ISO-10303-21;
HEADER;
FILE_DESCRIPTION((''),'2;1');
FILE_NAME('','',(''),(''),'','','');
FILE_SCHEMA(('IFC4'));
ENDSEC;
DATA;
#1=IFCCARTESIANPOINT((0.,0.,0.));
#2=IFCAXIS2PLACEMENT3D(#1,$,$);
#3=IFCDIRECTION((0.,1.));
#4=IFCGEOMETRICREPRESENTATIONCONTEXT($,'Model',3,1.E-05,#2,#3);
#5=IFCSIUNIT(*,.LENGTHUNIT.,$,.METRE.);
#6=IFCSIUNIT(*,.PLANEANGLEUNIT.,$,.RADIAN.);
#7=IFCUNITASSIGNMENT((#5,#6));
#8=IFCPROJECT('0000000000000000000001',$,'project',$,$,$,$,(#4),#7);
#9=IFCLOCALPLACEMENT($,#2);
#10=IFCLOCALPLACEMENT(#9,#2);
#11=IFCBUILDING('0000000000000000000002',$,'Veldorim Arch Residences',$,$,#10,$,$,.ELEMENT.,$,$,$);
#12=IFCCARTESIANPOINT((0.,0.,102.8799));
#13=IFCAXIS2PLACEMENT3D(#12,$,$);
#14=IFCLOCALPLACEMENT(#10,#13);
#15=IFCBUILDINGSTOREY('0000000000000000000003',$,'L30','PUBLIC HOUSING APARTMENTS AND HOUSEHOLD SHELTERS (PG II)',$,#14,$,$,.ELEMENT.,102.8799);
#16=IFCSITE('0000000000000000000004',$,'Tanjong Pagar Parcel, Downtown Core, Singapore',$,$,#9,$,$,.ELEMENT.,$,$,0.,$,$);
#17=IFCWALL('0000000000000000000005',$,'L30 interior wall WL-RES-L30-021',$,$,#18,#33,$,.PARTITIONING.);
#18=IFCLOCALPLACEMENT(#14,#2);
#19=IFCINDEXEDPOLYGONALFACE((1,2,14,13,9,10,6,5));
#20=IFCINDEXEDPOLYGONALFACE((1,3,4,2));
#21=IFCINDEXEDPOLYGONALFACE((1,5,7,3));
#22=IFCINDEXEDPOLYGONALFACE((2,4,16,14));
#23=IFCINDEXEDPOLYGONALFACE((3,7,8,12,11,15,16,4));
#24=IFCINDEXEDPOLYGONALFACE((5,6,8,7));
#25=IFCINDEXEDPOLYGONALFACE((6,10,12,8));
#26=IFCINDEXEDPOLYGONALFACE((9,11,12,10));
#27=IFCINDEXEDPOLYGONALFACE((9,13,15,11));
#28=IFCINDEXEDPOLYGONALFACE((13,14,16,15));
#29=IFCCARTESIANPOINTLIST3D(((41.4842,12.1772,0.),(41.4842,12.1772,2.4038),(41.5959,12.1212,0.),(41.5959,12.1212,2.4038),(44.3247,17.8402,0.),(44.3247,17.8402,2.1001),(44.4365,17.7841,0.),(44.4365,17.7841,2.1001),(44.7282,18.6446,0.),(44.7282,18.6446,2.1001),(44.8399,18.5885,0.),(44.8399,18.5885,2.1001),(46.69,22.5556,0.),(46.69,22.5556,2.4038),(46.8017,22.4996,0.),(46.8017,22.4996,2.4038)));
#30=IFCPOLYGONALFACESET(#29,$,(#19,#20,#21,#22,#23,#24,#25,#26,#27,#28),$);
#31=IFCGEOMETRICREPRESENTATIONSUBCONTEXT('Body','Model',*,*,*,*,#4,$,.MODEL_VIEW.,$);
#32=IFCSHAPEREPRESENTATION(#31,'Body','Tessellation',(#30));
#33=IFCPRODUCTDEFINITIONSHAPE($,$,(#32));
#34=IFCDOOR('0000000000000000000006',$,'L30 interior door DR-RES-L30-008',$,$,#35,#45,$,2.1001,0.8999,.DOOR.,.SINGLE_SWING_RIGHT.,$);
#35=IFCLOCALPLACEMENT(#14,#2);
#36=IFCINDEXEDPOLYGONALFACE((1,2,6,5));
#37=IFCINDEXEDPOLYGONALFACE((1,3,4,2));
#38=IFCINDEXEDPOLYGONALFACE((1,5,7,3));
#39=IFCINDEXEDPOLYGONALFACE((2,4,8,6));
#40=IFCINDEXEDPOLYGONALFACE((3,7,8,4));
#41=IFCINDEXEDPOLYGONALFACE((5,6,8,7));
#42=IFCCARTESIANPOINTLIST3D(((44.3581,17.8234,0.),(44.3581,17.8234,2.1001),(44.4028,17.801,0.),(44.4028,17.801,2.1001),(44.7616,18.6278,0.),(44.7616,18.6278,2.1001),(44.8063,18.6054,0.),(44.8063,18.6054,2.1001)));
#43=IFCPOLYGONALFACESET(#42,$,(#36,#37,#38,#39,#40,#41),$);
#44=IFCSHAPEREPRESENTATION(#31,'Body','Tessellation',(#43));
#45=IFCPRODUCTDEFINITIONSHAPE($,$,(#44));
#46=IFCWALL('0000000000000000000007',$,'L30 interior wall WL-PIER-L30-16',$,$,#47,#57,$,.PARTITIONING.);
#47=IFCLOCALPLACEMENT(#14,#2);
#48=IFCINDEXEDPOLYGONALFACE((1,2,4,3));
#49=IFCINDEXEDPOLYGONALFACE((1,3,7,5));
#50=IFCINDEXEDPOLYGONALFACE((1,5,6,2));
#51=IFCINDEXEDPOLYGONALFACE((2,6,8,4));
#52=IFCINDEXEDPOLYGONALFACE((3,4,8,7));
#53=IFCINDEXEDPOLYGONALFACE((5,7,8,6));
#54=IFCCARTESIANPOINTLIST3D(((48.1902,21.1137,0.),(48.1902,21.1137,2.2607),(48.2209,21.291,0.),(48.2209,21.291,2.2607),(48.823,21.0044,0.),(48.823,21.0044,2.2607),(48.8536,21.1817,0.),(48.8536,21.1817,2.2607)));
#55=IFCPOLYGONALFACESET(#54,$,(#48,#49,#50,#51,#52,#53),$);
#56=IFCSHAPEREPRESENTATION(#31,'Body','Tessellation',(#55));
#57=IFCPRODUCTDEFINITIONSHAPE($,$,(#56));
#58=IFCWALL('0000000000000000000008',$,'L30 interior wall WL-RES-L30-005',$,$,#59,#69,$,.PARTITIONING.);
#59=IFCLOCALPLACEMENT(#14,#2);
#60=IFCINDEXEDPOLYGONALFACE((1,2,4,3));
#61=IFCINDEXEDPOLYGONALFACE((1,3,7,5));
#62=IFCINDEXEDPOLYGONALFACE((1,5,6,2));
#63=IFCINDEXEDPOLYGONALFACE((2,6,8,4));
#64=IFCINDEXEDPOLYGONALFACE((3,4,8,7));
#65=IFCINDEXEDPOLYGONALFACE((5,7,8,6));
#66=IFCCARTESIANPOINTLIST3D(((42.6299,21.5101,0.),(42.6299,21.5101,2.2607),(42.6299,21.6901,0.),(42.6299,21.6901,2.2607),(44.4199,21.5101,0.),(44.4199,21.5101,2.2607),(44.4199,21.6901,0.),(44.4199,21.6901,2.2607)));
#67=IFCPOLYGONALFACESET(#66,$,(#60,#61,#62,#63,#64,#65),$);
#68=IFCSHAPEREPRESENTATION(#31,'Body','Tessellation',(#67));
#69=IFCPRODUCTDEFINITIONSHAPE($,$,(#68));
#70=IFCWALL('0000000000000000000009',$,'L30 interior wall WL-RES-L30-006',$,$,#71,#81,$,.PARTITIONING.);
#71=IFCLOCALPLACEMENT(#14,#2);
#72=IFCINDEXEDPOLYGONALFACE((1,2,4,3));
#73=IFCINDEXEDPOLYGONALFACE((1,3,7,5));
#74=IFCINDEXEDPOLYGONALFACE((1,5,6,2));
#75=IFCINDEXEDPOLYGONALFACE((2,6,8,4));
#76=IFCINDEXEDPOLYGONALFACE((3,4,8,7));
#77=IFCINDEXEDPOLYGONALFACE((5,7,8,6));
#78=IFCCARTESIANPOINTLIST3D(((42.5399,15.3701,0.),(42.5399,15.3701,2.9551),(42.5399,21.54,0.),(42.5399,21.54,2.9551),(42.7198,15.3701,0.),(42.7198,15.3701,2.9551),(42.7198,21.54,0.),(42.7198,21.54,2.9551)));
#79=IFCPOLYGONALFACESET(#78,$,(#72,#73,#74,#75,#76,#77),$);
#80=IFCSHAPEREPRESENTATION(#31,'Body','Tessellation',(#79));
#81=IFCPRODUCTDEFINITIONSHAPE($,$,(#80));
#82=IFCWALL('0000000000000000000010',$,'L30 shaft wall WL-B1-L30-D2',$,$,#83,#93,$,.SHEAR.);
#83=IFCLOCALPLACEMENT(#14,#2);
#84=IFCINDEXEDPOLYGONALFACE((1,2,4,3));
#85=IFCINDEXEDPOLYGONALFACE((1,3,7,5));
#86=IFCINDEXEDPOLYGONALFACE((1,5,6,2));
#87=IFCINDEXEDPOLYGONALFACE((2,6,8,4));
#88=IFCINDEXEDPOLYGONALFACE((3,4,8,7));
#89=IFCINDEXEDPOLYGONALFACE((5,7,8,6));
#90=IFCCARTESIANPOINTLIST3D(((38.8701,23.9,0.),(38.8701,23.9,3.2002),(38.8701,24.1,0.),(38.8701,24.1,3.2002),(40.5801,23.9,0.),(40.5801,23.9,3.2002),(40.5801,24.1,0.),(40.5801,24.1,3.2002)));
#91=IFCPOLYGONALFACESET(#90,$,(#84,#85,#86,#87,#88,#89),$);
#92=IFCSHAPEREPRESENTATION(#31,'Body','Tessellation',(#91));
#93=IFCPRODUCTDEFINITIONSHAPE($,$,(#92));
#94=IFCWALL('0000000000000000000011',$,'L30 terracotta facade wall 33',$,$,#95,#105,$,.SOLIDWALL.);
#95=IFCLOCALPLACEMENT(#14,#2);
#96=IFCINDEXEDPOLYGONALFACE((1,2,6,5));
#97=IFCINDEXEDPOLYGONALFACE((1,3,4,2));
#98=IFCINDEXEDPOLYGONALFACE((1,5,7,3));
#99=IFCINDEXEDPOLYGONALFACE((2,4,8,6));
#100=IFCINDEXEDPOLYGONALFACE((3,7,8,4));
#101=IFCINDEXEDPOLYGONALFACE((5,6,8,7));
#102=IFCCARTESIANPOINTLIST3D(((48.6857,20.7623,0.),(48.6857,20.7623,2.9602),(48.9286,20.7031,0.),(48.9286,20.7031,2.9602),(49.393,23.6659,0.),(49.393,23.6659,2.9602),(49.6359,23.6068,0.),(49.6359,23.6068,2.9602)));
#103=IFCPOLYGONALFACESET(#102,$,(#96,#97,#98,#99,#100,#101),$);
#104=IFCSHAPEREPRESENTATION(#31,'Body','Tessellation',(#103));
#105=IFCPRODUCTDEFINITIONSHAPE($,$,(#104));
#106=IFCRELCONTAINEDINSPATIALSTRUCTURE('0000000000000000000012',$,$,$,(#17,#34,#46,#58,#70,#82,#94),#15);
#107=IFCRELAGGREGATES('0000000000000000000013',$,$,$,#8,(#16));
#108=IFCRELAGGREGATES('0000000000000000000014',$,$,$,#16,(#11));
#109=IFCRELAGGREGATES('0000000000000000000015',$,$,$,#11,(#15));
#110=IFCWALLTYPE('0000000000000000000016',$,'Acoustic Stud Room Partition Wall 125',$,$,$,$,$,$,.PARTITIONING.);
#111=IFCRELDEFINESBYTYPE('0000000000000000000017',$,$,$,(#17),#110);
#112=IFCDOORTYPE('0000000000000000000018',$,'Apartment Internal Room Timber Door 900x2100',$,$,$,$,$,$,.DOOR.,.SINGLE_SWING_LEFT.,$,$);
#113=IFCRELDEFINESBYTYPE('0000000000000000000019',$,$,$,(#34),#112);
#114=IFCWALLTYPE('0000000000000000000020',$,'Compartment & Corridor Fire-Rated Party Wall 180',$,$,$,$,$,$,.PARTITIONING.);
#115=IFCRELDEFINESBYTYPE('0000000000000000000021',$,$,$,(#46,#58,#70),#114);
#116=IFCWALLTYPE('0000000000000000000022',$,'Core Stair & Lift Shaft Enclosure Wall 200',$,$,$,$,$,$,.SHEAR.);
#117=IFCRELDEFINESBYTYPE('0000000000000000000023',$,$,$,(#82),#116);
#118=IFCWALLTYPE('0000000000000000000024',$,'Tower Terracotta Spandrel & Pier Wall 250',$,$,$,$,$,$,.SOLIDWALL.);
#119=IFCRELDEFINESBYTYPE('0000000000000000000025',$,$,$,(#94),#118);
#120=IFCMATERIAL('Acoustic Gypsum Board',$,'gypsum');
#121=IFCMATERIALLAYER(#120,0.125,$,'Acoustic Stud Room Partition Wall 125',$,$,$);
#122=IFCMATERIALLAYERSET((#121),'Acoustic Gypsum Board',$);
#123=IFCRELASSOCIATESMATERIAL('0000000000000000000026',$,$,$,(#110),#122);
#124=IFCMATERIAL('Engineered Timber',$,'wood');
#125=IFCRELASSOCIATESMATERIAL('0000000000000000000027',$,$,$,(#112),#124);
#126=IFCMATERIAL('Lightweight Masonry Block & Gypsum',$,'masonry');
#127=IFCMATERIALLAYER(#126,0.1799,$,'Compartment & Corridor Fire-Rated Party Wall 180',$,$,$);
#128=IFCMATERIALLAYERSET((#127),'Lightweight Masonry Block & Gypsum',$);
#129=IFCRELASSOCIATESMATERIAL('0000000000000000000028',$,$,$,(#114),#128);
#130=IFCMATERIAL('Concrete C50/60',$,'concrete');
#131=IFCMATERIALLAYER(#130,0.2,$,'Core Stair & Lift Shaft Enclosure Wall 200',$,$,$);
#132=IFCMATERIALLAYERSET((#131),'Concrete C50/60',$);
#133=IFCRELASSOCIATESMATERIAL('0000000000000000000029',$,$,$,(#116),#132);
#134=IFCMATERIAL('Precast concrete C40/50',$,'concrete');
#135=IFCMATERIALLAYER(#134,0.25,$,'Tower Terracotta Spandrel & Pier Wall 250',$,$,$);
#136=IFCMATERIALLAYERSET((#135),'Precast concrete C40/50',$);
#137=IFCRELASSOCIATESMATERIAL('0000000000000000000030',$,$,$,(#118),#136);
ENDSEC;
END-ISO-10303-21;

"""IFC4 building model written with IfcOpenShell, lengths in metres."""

from ifc_helpers import new_model, si_unit, direction, frame, frame_2d, origin, place, context, subcontext, project, spatial, rectangle, extrude, material, layer, layer_set, type_object, element, fill, save


model = new_model("IFC4")

# Units and contexts
model_context = context("Model", 3, precision=1e-05, world=origin(), true_north=direction((0.0, 1.0)))
body_context = subcontext(model_context, "Body", "Model", "MODEL_VIEW")
ifc_project = project(units=[si_unit("LENGTHUNIT", "METRE"), si_unit("PLANEANGLEUNIT", "RADIAN")], contexts=[model_context])

# Site, building, storey
site_placement = place(None, origin())
site = spatial("IfcSite", under=ifc_project, at=site_placement, Name="Tanjong Pagar Parcel, Downtown Core, Singapore", CompositionType="ELEMENT", RefElevation=0.0)
building_placement = place(site_placement, origin())
building = spatial("IfcBuilding", under=site, at=building_placement, Name="Veldorim Arch Residences", CompositionType="ELEMENT")
storey_placement = place(building_placement, frame((0.0, 0.0, 102.8799)))
storey = spatial("IfcBuildingStorey", under=building, at=storey_placement, Name="L30", Description="PUBLIC HOUSING APARTMENTS AND HOUSEHOLD SHELTERS (PG II)", CompositionType="ELEMENT", Elevation=102.8799)

# Wall, opening, door
ifc_material_1 = material(Name="Acoustic Gypsum Board", Category="gypsum")
ifc_layer_1 = layer(ifc_material_1, 0.125, Name="Acoustic Stud Room Partition Wall 125")
ifc_layer_set_1 = layer_set([ifc_layer_1], Name="Acoustic Gypsum Board")
wall_type_1 = type_object("IfcWallType", Name="Acoustic Stud Room Partition Wall 125", PredefinedType="PARTITIONING", material=ifc_layer_set_1)
ifc_material_2 = material(Name="Engineered Timber", Category="wood")
door_type = type_object("IfcDoorType", Name="Apartment Internal Room Timber Door 900x2100", OperationType="SINGLE_SWING_LEFT", PredefinedType="DOOR", material=ifc_material_2)
wall_1_placement = place(storey_placement, frame((46.7458, 22.5276, 0.0), z_axis=(0.0, 0.0, 1.0), x_axis=(-0.448357, -0.893855, 0.0)))
wall_1 = element("IfcWall", 1, at=wall_1_placement, inside=storey, type_object=wall_type_1, Name="L30 interior wall WL-RES-L30-021", PredefinedType="PARTITIONING", context=body_context, shape_type="SweptSolid", body=[
    extrude(rectangle(XDim=11.6108, YDim=0.125, at=frame_2d((5.8054, 0.0))), origin(), (0.0, 0.0, 1.0), 2.4038),
])
opening_1_placement = place(wall_1_placement, frame((4.3755, 0.0, 0.0)))
opening_1 = element("IfcOpeningElement", 2, at=opening_1_placement, cuts=wall_1, PredefinedType="OPENING", context=body_context, shape_type="SweptSolid", body=[
    extrude(rectangle(XDim=0.8999, YDim=2.1001, at=frame_2d((0.45, 1.05))), frame((0.0, 0.0725, 0.0), z_axis=(0.0, -1.0, 0.0), x_axis=(1.0, 0.0, 0.0)), (0.0, 0.0, 1.0), 0.145),
])
door_1_placement = place(opening_1_placement, origin())
door_1 = element("IfcDoor", 3, at=door_1_placement, inside=storey, type_object=door_type, Name="L30 interior door DR-RES-L30-008", OperationType="SINGLE_SWING_RIGHT", OverallHeight=2.1001, OverallWidth=0.8999, PredefinedType="DOOR", context=body_context, shape_type="SweptSolid", body=[
    extrude(rectangle(XDim=0.8999, YDim=2.1001, at=frame_2d((0.45, 1.05))), frame((0.0, 0.0249, 0.0), z_axis=(0.0, -1.0, 0.0), x_axis=(1.0, 0.0, 0.0)), (0.0, 0.0, 1.0), 0.05),
])
fill(opening_1, door_1)

# Walls
ifc_material_3 = material(Name="Lightweight Masonry Block & Gypsum", Category="masonry")
ifc_layer_2 = layer(ifc_material_3, 0.1799, Name="Compartment & Corridor Fire-Rated Party Wall 180")
ifc_layer_set_2 = layer_set([ifc_layer_2], Name="Lightweight Masonry Block & Gypsum")
wall_type_2 = type_object("IfcWallType", Name="Compartment & Corridor Fire-Rated Party Wall 180", PredefinedType="PARTITIONING", material=ifc_layer_set_2)
wall_2_placement = place(storey_placement, frame((48.2056, 21.2024, 0.0), z_axis=(0.0, 0.0, 1.0), x_axis=(0.98539, -0.170314, 0.0)))
element("IfcWall", 4, at=wall_2_placement, inside=storey, type_object=wall_type_2, Name="L30 interior wall WL-PIER-L30-16", PredefinedType="PARTITIONING", context=body_context, shape_type="SweptSolid", body=[
    extrude(rectangle(XDim=0.6421, YDim=0.1799, at=frame_2d((0.321, 0.0))), origin(), (0.0, 0.0, 1.0), 2.2607),
])
wall_3_placement = place(storey_placement, frame((44.4199, 21.6001, 0.0), z_axis=(0.0, 0.0, 1.0), x_axis=(-1.0, 0.0, 0.0)))
element("IfcWall", 5, at=wall_3_placement, inside=storey, type_object=wall_type_2, Name="L30 interior wall WL-RES-L30-005", PredefinedType="PARTITIONING", context=body_context, shape_type="SweptSolid", body=[
    extrude(rectangle(XDim=1.79, YDim=0.1799, at=frame_2d((0.895, 0.0))), origin(), (0.0, 0.0, 1.0), 2.2607),
])
wall_4_placement = place(storey_placement, frame((42.6299, 21.54, 0.0), z_axis=(0.0, 0.0, 1.0), x_axis=(0.0, -1.0, 0.0)))
element("IfcWall", 6, at=wall_4_placement, inside=storey, type_object=wall_type_2, Name="L30 interior wall WL-RES-L30-006", PredefinedType="PARTITIONING", context=body_context, shape_type="SweptSolid", body=[
    extrude(rectangle(XDim=6.1699, YDim=0.1799, at=frame_2d((3.085, 0.0))), origin(), (0.0, 0.0, 1.0), 2.9551),
])
ifc_material_4 = material(Name="Concrete C50/60", Category="concrete")
ifc_layer_3 = layer(ifc_material_4, 0.2, Name="Core Stair & Lift Shaft Enclosure Wall 200")
ifc_layer_set_3 = layer_set([ifc_layer_3], Name="Concrete C50/60")
wall_type_3 = type_object("IfcWallType", Name="Core Stair & Lift Shaft Enclosure Wall 200", PredefinedType="SHEAR", material=ifc_layer_set_3)
wall_5_placement = place(storey_placement, frame((38.8701, 24.0, 0.0), z_axis=(0.0, 0.0, 1.0), x_axis=(1.0, 0.0, 0.0)))
element("IfcWall", 7, at=wall_5_placement, inside=storey, type_object=wall_type_3, Name="L30 shaft wall WL-B1-L30-D2", PredefinedType="SHEAR", context=body_context, shape_type="SweptSolid", body=[
    extrude(rectangle(XDim=1.71, YDim=0.2, at=frame_2d((0.855, 0.0))), origin(), (0.0, 0.0, 1.0), 3.2002),
])
ifc_material_5 = material(Name="Precast concrete C40/50", Category="concrete")
ifc_layer_4 = layer(ifc_material_5, 0.25, Name="Tower Terracotta Spandrel & Pier Wall 250")
ifc_layer_set_4 = layer_set([ifc_layer_4], Name="Precast concrete C40/50")
wall_type_4 = type_object("IfcWallType", Name="Tower Terracotta Spandrel & Pier Wall 250", PredefinedType="SOLIDWALL", material=ifc_layer_set_4)
wall_6_placement = place(storey_placement, frame((49.5144, 23.6362, 0.0), z_axis=(0.0, 0.0, 1.0), x_axis=(-0.236668, -0.97159, 0.0)))
element("IfcWall", 8, at=wall_6_placement, inside=storey, type_object=wall_type_4, Name="L30 terracotta facade wall 33", PredefinedType="SOLIDWALL", context=body_context, shape_type="SweptSolid", body=[
    extrude(rectangle(XDim=2.9885, YDim=0.25, at=frame_2d((1.4941, 0.0))), origin(), (0.0, 0.0, 1.0), 2.9602),
])

save(model, "model.ifc")
